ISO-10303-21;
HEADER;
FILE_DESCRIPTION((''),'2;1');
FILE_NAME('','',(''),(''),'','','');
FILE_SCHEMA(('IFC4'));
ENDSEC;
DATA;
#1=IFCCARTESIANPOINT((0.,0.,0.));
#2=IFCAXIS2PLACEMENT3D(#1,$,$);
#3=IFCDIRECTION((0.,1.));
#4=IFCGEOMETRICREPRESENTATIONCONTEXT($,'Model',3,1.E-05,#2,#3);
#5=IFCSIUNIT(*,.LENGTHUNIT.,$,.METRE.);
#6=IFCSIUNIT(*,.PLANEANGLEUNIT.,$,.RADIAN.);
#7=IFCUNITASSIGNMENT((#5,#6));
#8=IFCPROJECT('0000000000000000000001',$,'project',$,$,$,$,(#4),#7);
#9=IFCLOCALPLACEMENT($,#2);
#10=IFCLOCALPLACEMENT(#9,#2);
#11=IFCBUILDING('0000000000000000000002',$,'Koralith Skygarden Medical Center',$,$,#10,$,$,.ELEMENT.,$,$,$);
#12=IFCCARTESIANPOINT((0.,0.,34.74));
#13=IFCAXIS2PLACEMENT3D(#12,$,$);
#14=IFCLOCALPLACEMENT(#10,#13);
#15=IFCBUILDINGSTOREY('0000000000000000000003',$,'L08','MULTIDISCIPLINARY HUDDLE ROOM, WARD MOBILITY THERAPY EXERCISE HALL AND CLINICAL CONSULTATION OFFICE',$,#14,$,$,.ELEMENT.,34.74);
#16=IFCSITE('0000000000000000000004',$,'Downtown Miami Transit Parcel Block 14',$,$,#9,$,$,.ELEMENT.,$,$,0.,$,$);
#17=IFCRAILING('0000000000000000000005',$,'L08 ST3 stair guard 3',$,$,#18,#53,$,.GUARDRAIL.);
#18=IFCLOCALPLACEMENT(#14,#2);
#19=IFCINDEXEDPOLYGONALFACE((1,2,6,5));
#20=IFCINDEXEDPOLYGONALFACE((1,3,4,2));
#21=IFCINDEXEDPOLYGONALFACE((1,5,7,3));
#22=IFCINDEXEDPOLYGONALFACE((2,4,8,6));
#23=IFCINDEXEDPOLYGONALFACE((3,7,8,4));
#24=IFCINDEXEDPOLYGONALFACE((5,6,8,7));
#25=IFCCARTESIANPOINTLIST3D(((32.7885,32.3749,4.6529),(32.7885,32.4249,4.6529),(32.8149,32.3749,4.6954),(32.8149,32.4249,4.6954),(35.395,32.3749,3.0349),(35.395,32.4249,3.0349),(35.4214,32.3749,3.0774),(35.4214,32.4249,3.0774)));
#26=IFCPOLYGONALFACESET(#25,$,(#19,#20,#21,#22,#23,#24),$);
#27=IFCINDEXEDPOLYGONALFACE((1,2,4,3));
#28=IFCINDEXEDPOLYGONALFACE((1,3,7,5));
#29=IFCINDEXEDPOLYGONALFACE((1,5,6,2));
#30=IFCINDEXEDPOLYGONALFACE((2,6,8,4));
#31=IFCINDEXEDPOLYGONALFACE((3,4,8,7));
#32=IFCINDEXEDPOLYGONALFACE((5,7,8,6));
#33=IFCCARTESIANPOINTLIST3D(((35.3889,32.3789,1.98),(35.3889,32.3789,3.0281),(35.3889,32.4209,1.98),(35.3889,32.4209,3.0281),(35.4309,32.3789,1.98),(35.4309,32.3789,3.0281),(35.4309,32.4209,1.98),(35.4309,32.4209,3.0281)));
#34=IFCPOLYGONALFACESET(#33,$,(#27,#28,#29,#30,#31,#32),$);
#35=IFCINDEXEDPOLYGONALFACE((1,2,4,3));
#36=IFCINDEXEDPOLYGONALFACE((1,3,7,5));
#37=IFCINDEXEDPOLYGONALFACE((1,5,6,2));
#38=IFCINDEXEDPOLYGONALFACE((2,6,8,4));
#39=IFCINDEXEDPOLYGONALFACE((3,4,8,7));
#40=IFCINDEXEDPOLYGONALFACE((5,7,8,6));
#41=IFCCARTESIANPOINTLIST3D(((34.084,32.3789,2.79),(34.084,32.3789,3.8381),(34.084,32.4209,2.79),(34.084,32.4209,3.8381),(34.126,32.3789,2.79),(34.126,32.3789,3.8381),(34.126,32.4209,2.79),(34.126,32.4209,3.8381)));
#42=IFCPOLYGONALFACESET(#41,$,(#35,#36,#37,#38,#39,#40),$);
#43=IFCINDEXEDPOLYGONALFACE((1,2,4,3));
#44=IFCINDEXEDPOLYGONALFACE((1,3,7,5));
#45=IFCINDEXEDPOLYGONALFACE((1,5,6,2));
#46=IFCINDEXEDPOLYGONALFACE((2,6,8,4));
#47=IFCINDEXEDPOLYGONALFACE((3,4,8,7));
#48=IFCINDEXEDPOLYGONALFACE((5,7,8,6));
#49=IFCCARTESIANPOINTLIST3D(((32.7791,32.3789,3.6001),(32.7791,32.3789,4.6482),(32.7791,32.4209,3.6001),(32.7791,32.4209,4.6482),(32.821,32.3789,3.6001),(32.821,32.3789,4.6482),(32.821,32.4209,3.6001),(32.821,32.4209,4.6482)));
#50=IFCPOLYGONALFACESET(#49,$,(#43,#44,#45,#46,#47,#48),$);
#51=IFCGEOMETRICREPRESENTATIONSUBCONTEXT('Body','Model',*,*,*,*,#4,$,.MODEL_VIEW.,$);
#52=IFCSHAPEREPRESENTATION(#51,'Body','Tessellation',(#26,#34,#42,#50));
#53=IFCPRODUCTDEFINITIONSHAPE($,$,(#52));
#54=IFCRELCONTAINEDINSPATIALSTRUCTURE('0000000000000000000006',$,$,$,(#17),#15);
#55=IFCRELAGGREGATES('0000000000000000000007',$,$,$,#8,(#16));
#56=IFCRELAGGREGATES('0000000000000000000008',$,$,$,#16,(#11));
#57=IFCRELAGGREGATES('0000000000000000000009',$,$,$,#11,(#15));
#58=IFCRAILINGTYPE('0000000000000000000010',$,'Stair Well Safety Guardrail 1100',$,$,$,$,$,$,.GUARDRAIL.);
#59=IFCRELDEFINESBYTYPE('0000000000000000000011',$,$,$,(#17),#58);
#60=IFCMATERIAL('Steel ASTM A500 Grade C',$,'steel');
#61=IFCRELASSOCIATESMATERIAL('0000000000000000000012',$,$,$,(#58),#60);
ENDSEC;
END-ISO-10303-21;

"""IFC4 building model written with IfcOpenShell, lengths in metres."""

from ifc_helpers import new_model, si_unit, direction, frame, origin, origin_2d, place, context, subcontext, project, spatial, rectangle, extrude, material, type_object, element, save


model = new_model("IFC4")

# Units and contexts
model_context = context("Model", 3, precision=1e-05, world=origin(), true_north=direction((0.0, 1.0)))
body_context = subcontext(model_context, "Body", "Model", "MODEL_VIEW")
ifc_project = project(units=[si_unit("LENGTHUNIT", "METRE"), si_unit("PLANEANGLEUNIT", "RADIAN")], contexts=[model_context])

# Site, building, storey
site_placement = place(None, origin())
site = spatial("IfcSite", under=ifc_project, at=site_placement, Name="Downtown Miami Transit Parcel Block 14", CompositionType="ELEMENT", RefElevation=0.0)
building_placement = place(site_placement, origin())
building = spatial("IfcBuilding", under=site, at=building_placement, Name="Koralith Skygarden Medical Center", CompositionType="ELEMENT")
storey_placement = place(building_placement, frame((0.0, 0.0, 34.74)))
storey = spatial("IfcBuildingStorey", under=building, at=storey_placement, Name="L08", Description="MULTIDISCIPLINARY HUDDLE ROOM, WARD MOBILITY THERAPY EXERCISE HALL AND CLINICAL CONSULTATION OFFICE", CompositionType="ELEMENT", Elevation=34.74)

# Shared definitions
ifc_material_1 = material(Name="Steel ASTM A500 Grade C", Category="steel")

# Railing
railing_type_1 = type_object("IfcRailingType", Name="Stair Well Safety Guardrail 1100", PredefinedType="GUARDRAIL", material=ifc_material_1)
railing_1_placement = place(storey_placement, frame((35.4099, 32.3999, 1.98)))
element("IfcRailing", 1, at=railing_1_placement, inside=storey, type_object=railing_type_1, Name="L08 ST3 stair guard 3", PredefinedType="GUARDRAIL", context=body_context, shape_type="SweptSolid", body=[
    extrude(rectangle(XDim=0.05, YDim=0.05, at=origin_2d()), frame((-0.0017, 0.0, 1.0762), z_axis=(-0.849611, 0.0, 0.52741), x_axis=(0.0, -1.0, 0.0)), (0.0, 0.0, 1.0), 3.0679),
    extrude(rectangle(XDim=0.042, YDim=0.042, at=origin_2d()), origin(), (0.0, 0.0, 1.0), 1.0481),
    extrude(rectangle(XDim=0.042, YDim=0.042, at=origin_2d()), frame((-1.3049, 0.0, 0.8101)), (0.0, 0.0, 1.0), 1.0481),
    extrude(rectangle(XDim=0.042, YDim=0.042, at=origin_2d()), frame((-2.6099, 0.0, 1.6201)), (0.0, 0.0, 1.0), 1.0481),
])

save(model, "model.ifc")
